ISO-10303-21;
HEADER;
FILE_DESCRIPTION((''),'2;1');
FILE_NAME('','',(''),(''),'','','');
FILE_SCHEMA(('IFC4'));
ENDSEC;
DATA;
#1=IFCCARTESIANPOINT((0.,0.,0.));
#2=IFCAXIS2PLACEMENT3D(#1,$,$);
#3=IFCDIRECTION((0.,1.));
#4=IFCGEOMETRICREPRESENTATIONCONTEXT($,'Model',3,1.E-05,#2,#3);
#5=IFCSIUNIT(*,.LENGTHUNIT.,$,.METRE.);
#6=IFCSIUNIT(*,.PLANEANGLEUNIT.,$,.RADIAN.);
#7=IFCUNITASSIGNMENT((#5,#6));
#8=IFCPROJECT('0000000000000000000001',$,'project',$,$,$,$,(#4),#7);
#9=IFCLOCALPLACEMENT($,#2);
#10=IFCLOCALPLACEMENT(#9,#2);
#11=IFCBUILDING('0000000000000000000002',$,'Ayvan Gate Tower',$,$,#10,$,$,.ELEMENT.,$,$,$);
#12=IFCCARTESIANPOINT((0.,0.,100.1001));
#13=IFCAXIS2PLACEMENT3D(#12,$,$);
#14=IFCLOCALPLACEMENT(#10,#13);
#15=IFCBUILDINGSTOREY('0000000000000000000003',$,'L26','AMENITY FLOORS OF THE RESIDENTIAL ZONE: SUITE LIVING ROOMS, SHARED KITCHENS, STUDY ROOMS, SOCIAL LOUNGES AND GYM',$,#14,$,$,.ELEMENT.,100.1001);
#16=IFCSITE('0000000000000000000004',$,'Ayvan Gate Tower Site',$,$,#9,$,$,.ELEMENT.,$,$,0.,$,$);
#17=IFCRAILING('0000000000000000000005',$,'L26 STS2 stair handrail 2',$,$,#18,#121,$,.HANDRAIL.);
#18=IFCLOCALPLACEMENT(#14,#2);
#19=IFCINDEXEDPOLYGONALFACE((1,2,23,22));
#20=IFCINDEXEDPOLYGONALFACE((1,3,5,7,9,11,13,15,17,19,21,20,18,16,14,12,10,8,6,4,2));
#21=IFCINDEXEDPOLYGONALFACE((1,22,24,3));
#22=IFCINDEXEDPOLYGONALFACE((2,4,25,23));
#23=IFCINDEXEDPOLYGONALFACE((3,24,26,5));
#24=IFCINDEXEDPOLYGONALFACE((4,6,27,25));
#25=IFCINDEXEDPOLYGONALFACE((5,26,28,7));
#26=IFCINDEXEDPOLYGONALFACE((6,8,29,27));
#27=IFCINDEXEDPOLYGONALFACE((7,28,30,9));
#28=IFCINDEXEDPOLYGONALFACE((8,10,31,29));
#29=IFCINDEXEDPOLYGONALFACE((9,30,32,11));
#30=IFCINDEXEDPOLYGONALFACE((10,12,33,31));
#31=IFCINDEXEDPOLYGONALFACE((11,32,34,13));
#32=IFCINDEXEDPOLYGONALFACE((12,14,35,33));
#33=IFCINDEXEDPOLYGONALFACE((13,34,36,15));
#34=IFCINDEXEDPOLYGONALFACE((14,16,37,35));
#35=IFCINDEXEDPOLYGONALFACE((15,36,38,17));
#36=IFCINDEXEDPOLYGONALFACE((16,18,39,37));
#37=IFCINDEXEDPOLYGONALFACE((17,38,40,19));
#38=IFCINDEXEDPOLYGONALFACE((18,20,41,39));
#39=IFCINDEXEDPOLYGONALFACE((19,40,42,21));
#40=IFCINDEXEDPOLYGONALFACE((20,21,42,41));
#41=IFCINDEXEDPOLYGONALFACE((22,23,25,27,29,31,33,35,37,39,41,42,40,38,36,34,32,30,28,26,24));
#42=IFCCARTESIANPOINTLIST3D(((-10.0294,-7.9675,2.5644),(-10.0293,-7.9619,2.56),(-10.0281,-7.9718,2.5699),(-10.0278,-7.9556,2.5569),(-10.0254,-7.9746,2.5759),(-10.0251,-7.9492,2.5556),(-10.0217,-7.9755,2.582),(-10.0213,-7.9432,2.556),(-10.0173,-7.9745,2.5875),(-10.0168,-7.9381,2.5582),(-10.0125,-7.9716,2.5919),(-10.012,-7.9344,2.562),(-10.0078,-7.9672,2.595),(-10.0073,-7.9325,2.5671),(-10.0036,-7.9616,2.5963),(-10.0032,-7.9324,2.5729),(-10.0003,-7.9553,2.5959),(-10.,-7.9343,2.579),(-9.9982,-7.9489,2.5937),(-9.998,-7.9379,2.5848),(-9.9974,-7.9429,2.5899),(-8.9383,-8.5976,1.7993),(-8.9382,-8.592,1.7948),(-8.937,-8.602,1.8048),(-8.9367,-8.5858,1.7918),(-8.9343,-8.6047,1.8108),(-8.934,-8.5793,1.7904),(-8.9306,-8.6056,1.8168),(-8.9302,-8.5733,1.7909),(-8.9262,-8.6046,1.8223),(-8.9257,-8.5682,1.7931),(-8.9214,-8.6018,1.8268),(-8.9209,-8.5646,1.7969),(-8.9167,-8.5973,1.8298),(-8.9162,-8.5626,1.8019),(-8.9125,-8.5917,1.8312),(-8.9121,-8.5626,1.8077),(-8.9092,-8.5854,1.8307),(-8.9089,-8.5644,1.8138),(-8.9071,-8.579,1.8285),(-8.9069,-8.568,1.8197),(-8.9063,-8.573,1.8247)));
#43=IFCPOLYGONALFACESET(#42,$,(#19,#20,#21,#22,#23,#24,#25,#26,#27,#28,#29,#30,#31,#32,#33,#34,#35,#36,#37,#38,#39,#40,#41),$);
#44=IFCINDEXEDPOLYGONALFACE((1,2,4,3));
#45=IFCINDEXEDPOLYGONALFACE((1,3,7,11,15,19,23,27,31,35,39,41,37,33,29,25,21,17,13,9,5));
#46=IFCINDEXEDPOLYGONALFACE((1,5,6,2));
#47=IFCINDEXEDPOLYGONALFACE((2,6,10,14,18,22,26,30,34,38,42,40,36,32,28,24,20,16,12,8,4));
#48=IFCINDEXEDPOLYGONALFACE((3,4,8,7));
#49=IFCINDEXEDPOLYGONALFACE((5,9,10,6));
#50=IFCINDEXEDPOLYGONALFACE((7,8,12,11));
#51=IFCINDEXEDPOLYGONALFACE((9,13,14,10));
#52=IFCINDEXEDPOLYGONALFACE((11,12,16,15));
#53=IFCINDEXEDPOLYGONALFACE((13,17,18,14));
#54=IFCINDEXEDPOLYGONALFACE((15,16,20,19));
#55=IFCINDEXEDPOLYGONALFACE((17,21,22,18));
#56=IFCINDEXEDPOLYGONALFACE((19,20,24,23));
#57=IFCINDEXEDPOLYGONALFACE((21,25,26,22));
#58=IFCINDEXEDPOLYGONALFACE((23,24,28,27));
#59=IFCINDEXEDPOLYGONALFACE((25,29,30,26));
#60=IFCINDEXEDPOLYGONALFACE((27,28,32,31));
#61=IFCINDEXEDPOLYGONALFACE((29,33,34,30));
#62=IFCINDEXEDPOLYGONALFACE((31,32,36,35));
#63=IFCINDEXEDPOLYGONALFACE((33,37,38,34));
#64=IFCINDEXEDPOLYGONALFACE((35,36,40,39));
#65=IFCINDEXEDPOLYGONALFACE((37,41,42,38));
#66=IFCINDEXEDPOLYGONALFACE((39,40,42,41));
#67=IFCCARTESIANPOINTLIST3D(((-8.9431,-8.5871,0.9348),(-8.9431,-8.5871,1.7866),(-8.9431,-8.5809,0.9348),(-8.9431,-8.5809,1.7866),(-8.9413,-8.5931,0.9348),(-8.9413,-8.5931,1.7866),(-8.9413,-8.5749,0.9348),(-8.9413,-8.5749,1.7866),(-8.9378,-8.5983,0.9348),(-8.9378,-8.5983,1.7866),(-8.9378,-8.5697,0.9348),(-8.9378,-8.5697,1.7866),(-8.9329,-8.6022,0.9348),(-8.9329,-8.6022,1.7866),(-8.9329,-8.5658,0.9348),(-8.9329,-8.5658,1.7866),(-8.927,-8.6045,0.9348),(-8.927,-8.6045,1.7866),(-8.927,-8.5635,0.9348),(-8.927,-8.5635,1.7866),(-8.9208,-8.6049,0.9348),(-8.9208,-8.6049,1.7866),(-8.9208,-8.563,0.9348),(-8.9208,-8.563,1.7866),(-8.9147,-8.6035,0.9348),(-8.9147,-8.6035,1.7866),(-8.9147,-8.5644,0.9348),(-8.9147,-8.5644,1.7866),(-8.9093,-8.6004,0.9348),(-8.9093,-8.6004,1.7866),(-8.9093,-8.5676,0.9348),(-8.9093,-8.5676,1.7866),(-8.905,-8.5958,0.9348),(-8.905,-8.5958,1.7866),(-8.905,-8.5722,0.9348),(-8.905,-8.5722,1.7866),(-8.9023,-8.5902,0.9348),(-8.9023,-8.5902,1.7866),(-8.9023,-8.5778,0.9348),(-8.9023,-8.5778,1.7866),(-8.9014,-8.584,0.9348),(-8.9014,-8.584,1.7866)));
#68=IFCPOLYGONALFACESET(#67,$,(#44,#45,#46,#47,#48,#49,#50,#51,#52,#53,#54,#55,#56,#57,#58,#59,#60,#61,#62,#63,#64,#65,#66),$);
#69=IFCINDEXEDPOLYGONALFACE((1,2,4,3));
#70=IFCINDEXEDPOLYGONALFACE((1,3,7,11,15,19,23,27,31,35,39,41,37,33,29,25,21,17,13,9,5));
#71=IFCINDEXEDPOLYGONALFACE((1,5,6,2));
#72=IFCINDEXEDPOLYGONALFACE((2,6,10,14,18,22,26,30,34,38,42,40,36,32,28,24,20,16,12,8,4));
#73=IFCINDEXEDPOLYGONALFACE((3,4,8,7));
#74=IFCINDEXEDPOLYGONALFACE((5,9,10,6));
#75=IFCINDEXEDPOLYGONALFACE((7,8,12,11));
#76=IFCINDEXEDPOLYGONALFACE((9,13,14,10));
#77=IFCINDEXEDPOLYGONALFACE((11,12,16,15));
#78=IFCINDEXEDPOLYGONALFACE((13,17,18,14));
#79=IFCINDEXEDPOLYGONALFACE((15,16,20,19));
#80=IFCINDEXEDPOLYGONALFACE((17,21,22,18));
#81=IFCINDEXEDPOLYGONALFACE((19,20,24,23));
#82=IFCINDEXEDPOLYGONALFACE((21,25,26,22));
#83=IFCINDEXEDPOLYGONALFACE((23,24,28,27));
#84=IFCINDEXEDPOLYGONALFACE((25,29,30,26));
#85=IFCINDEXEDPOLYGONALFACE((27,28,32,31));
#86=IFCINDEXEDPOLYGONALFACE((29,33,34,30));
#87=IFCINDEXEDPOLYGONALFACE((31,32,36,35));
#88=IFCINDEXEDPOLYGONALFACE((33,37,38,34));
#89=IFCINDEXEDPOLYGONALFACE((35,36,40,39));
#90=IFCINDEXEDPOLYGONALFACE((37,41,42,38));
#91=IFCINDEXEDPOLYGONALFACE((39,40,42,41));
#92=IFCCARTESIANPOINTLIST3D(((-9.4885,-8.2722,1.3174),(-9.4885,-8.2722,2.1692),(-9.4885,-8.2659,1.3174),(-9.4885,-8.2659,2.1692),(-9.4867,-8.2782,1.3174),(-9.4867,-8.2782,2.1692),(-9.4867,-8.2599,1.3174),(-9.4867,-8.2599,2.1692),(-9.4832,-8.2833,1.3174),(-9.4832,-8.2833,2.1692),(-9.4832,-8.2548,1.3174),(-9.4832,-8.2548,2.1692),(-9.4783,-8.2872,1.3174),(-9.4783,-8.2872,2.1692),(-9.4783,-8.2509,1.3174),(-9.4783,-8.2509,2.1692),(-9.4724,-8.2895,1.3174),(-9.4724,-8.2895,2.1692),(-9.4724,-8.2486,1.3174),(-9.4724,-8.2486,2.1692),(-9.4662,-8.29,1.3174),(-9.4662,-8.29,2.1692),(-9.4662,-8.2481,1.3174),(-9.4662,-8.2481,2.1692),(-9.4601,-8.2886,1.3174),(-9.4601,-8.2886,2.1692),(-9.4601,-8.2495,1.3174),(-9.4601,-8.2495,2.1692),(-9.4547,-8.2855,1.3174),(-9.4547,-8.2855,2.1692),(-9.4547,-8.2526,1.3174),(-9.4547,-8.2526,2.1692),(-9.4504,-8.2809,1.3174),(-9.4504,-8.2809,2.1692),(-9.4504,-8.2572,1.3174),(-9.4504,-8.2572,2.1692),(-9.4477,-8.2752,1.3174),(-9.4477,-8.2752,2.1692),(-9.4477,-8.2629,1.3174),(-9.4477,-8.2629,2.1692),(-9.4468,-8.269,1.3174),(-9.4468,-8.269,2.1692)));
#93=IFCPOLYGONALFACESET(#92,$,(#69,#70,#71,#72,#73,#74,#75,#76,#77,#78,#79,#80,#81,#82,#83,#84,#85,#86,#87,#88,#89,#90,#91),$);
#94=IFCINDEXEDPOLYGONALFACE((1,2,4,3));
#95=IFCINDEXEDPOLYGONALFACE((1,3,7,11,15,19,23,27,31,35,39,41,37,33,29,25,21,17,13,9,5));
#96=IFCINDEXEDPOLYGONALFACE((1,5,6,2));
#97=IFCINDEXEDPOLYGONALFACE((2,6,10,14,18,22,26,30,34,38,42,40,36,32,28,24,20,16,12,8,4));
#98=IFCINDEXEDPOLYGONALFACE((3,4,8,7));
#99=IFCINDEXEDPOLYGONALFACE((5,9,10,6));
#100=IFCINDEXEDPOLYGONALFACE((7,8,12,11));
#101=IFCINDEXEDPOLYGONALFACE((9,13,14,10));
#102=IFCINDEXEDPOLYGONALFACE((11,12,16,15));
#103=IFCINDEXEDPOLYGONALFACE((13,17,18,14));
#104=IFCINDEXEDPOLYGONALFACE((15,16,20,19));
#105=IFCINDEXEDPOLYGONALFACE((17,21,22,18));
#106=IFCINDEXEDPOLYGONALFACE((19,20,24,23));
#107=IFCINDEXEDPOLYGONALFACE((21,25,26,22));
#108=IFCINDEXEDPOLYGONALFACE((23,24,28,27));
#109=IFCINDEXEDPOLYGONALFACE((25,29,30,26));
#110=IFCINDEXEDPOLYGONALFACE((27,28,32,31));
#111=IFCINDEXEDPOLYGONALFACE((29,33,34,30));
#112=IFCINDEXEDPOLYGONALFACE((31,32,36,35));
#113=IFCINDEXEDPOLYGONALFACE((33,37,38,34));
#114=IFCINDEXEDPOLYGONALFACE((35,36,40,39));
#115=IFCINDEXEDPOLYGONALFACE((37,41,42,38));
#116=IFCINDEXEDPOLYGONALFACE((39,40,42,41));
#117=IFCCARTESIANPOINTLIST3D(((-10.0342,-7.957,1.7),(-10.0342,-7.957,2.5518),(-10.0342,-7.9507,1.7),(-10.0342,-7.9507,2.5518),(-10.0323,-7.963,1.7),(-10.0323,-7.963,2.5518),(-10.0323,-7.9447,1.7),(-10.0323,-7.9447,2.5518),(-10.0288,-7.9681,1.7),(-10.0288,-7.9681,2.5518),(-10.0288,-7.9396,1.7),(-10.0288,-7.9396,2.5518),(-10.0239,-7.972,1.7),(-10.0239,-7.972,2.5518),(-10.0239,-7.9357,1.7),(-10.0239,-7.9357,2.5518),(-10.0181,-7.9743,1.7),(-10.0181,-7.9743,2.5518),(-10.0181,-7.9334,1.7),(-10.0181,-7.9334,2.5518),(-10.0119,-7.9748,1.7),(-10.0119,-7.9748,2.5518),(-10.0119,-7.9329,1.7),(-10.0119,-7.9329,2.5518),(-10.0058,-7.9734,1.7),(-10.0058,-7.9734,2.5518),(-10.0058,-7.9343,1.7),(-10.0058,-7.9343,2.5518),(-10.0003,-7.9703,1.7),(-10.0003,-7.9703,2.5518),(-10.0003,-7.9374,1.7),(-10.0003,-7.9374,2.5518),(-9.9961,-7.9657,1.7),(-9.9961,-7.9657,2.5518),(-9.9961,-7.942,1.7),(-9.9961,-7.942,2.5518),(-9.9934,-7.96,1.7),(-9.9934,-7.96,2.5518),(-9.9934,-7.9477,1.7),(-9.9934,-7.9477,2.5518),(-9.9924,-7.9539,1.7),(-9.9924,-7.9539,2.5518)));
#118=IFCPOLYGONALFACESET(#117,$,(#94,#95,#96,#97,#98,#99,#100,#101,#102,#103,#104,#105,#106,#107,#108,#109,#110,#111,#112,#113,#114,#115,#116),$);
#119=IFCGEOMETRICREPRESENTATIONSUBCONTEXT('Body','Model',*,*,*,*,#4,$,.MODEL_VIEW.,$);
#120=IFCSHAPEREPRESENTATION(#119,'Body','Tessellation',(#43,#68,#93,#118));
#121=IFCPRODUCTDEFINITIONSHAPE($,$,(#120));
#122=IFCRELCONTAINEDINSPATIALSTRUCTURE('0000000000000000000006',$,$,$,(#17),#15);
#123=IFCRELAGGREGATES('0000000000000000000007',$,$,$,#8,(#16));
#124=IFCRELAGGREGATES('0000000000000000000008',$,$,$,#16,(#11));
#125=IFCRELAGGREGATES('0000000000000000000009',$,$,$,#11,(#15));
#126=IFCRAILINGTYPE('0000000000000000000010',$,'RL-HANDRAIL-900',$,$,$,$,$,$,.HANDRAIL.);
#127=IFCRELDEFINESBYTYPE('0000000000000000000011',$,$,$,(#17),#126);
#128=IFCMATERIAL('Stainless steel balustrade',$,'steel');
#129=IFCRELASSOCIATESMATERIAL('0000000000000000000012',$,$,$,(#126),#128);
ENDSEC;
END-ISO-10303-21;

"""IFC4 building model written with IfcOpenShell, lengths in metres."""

from ifc_helpers import new_model, si_unit, direction, frame, origin, origin_2d, place, context, subcontext, project, spatial, circle, extrude, material, type_object, element, save


model = new_model("IFC4")

# Units and contexts
model_context = context("Model", 3, precision=1e-05, world=origin(), true_north=direction((0.0, 1.0)))
body_context = subcontext(model_context, "Body", "Model", "MODEL_VIEW")
ifc_project = project(units=[si_unit("LENGTHUNIT", "METRE"), si_unit("PLANEANGLEUNIT", "RADIAN")], contexts=[model_context])

# Site, building, storey
site_placement = place(None, origin())
site = spatial("IfcSite", under=ifc_project, at=site_placement, Name="Ayvan Gate Tower Site", CompositionType="ELEMENT", RefElevation=0.0)
building_placement = place(site_placement, origin())
building = spatial("IfcBuilding", under=site, at=building_placement, Name="Ayvan Gate Tower", CompositionType="ELEMENT")
storey_placement = place(building_placement, frame((0.0, 0.0, 100.1001)))
storey = spatial("IfcBuildingStorey", under=building, at=storey_placement, Name="L26", Description="AMENITY FLOORS OF THE RESIDENTIAL ZONE: SUITE LIVING ROOMS, SHARED KITCHENS, STUDY ROOMS, SOCIAL LOUNGES AND GYM", CompositionType="ELEMENT", Elevation=100.1001)

# Railing
ifc_material_1 = material(Name="Stainless steel balustrade", Category="steel")
railing_type_1 = type_object("IfcRailingType", Name="RL-HANDRAIL-900", PredefinedType="HANDRAIL", material=ifc_material_1)
railing_1_placement = place(storey_placement, frame((-8.9224, -8.584, 0.9348)))
element("IfcRailing", 1, at=railing_1_placement, inside=storey, type_object=railing_type_1, Name="L26 STS2 stair handrail 2", PredefinedType="HANDRAIL", context=body_context, shape_type="SweptSolid", body=[
    extrude(circle(Radius=0.0239, at=origin_2d()), frame((0.0, 0.0, 0.876), z_axis=(-0.740166, 0.427471, 0.51906), x_axis=(-0.500119, -0.865956, 0.0)), (0.0, 0.0, 1.0), 1.4741),
    extrude(circle(Radius=0.021, at=origin_2d()), origin(), (0.0, 0.0, 1.0), 0.8518),
    extrude(circle(Radius=0.021, at=origin_2d()), frame((-0.5454, 0.3149, 0.3826)), (0.0, 0.0, 1.0), 0.8518),
    extrude(circle(Radius=0.021, at=origin_2d()), frame((-1.0911, 0.6301, 0.7651)), (0.0, 0.0, 1.0), 0.8518),
])

save(model, "model.ifc")
